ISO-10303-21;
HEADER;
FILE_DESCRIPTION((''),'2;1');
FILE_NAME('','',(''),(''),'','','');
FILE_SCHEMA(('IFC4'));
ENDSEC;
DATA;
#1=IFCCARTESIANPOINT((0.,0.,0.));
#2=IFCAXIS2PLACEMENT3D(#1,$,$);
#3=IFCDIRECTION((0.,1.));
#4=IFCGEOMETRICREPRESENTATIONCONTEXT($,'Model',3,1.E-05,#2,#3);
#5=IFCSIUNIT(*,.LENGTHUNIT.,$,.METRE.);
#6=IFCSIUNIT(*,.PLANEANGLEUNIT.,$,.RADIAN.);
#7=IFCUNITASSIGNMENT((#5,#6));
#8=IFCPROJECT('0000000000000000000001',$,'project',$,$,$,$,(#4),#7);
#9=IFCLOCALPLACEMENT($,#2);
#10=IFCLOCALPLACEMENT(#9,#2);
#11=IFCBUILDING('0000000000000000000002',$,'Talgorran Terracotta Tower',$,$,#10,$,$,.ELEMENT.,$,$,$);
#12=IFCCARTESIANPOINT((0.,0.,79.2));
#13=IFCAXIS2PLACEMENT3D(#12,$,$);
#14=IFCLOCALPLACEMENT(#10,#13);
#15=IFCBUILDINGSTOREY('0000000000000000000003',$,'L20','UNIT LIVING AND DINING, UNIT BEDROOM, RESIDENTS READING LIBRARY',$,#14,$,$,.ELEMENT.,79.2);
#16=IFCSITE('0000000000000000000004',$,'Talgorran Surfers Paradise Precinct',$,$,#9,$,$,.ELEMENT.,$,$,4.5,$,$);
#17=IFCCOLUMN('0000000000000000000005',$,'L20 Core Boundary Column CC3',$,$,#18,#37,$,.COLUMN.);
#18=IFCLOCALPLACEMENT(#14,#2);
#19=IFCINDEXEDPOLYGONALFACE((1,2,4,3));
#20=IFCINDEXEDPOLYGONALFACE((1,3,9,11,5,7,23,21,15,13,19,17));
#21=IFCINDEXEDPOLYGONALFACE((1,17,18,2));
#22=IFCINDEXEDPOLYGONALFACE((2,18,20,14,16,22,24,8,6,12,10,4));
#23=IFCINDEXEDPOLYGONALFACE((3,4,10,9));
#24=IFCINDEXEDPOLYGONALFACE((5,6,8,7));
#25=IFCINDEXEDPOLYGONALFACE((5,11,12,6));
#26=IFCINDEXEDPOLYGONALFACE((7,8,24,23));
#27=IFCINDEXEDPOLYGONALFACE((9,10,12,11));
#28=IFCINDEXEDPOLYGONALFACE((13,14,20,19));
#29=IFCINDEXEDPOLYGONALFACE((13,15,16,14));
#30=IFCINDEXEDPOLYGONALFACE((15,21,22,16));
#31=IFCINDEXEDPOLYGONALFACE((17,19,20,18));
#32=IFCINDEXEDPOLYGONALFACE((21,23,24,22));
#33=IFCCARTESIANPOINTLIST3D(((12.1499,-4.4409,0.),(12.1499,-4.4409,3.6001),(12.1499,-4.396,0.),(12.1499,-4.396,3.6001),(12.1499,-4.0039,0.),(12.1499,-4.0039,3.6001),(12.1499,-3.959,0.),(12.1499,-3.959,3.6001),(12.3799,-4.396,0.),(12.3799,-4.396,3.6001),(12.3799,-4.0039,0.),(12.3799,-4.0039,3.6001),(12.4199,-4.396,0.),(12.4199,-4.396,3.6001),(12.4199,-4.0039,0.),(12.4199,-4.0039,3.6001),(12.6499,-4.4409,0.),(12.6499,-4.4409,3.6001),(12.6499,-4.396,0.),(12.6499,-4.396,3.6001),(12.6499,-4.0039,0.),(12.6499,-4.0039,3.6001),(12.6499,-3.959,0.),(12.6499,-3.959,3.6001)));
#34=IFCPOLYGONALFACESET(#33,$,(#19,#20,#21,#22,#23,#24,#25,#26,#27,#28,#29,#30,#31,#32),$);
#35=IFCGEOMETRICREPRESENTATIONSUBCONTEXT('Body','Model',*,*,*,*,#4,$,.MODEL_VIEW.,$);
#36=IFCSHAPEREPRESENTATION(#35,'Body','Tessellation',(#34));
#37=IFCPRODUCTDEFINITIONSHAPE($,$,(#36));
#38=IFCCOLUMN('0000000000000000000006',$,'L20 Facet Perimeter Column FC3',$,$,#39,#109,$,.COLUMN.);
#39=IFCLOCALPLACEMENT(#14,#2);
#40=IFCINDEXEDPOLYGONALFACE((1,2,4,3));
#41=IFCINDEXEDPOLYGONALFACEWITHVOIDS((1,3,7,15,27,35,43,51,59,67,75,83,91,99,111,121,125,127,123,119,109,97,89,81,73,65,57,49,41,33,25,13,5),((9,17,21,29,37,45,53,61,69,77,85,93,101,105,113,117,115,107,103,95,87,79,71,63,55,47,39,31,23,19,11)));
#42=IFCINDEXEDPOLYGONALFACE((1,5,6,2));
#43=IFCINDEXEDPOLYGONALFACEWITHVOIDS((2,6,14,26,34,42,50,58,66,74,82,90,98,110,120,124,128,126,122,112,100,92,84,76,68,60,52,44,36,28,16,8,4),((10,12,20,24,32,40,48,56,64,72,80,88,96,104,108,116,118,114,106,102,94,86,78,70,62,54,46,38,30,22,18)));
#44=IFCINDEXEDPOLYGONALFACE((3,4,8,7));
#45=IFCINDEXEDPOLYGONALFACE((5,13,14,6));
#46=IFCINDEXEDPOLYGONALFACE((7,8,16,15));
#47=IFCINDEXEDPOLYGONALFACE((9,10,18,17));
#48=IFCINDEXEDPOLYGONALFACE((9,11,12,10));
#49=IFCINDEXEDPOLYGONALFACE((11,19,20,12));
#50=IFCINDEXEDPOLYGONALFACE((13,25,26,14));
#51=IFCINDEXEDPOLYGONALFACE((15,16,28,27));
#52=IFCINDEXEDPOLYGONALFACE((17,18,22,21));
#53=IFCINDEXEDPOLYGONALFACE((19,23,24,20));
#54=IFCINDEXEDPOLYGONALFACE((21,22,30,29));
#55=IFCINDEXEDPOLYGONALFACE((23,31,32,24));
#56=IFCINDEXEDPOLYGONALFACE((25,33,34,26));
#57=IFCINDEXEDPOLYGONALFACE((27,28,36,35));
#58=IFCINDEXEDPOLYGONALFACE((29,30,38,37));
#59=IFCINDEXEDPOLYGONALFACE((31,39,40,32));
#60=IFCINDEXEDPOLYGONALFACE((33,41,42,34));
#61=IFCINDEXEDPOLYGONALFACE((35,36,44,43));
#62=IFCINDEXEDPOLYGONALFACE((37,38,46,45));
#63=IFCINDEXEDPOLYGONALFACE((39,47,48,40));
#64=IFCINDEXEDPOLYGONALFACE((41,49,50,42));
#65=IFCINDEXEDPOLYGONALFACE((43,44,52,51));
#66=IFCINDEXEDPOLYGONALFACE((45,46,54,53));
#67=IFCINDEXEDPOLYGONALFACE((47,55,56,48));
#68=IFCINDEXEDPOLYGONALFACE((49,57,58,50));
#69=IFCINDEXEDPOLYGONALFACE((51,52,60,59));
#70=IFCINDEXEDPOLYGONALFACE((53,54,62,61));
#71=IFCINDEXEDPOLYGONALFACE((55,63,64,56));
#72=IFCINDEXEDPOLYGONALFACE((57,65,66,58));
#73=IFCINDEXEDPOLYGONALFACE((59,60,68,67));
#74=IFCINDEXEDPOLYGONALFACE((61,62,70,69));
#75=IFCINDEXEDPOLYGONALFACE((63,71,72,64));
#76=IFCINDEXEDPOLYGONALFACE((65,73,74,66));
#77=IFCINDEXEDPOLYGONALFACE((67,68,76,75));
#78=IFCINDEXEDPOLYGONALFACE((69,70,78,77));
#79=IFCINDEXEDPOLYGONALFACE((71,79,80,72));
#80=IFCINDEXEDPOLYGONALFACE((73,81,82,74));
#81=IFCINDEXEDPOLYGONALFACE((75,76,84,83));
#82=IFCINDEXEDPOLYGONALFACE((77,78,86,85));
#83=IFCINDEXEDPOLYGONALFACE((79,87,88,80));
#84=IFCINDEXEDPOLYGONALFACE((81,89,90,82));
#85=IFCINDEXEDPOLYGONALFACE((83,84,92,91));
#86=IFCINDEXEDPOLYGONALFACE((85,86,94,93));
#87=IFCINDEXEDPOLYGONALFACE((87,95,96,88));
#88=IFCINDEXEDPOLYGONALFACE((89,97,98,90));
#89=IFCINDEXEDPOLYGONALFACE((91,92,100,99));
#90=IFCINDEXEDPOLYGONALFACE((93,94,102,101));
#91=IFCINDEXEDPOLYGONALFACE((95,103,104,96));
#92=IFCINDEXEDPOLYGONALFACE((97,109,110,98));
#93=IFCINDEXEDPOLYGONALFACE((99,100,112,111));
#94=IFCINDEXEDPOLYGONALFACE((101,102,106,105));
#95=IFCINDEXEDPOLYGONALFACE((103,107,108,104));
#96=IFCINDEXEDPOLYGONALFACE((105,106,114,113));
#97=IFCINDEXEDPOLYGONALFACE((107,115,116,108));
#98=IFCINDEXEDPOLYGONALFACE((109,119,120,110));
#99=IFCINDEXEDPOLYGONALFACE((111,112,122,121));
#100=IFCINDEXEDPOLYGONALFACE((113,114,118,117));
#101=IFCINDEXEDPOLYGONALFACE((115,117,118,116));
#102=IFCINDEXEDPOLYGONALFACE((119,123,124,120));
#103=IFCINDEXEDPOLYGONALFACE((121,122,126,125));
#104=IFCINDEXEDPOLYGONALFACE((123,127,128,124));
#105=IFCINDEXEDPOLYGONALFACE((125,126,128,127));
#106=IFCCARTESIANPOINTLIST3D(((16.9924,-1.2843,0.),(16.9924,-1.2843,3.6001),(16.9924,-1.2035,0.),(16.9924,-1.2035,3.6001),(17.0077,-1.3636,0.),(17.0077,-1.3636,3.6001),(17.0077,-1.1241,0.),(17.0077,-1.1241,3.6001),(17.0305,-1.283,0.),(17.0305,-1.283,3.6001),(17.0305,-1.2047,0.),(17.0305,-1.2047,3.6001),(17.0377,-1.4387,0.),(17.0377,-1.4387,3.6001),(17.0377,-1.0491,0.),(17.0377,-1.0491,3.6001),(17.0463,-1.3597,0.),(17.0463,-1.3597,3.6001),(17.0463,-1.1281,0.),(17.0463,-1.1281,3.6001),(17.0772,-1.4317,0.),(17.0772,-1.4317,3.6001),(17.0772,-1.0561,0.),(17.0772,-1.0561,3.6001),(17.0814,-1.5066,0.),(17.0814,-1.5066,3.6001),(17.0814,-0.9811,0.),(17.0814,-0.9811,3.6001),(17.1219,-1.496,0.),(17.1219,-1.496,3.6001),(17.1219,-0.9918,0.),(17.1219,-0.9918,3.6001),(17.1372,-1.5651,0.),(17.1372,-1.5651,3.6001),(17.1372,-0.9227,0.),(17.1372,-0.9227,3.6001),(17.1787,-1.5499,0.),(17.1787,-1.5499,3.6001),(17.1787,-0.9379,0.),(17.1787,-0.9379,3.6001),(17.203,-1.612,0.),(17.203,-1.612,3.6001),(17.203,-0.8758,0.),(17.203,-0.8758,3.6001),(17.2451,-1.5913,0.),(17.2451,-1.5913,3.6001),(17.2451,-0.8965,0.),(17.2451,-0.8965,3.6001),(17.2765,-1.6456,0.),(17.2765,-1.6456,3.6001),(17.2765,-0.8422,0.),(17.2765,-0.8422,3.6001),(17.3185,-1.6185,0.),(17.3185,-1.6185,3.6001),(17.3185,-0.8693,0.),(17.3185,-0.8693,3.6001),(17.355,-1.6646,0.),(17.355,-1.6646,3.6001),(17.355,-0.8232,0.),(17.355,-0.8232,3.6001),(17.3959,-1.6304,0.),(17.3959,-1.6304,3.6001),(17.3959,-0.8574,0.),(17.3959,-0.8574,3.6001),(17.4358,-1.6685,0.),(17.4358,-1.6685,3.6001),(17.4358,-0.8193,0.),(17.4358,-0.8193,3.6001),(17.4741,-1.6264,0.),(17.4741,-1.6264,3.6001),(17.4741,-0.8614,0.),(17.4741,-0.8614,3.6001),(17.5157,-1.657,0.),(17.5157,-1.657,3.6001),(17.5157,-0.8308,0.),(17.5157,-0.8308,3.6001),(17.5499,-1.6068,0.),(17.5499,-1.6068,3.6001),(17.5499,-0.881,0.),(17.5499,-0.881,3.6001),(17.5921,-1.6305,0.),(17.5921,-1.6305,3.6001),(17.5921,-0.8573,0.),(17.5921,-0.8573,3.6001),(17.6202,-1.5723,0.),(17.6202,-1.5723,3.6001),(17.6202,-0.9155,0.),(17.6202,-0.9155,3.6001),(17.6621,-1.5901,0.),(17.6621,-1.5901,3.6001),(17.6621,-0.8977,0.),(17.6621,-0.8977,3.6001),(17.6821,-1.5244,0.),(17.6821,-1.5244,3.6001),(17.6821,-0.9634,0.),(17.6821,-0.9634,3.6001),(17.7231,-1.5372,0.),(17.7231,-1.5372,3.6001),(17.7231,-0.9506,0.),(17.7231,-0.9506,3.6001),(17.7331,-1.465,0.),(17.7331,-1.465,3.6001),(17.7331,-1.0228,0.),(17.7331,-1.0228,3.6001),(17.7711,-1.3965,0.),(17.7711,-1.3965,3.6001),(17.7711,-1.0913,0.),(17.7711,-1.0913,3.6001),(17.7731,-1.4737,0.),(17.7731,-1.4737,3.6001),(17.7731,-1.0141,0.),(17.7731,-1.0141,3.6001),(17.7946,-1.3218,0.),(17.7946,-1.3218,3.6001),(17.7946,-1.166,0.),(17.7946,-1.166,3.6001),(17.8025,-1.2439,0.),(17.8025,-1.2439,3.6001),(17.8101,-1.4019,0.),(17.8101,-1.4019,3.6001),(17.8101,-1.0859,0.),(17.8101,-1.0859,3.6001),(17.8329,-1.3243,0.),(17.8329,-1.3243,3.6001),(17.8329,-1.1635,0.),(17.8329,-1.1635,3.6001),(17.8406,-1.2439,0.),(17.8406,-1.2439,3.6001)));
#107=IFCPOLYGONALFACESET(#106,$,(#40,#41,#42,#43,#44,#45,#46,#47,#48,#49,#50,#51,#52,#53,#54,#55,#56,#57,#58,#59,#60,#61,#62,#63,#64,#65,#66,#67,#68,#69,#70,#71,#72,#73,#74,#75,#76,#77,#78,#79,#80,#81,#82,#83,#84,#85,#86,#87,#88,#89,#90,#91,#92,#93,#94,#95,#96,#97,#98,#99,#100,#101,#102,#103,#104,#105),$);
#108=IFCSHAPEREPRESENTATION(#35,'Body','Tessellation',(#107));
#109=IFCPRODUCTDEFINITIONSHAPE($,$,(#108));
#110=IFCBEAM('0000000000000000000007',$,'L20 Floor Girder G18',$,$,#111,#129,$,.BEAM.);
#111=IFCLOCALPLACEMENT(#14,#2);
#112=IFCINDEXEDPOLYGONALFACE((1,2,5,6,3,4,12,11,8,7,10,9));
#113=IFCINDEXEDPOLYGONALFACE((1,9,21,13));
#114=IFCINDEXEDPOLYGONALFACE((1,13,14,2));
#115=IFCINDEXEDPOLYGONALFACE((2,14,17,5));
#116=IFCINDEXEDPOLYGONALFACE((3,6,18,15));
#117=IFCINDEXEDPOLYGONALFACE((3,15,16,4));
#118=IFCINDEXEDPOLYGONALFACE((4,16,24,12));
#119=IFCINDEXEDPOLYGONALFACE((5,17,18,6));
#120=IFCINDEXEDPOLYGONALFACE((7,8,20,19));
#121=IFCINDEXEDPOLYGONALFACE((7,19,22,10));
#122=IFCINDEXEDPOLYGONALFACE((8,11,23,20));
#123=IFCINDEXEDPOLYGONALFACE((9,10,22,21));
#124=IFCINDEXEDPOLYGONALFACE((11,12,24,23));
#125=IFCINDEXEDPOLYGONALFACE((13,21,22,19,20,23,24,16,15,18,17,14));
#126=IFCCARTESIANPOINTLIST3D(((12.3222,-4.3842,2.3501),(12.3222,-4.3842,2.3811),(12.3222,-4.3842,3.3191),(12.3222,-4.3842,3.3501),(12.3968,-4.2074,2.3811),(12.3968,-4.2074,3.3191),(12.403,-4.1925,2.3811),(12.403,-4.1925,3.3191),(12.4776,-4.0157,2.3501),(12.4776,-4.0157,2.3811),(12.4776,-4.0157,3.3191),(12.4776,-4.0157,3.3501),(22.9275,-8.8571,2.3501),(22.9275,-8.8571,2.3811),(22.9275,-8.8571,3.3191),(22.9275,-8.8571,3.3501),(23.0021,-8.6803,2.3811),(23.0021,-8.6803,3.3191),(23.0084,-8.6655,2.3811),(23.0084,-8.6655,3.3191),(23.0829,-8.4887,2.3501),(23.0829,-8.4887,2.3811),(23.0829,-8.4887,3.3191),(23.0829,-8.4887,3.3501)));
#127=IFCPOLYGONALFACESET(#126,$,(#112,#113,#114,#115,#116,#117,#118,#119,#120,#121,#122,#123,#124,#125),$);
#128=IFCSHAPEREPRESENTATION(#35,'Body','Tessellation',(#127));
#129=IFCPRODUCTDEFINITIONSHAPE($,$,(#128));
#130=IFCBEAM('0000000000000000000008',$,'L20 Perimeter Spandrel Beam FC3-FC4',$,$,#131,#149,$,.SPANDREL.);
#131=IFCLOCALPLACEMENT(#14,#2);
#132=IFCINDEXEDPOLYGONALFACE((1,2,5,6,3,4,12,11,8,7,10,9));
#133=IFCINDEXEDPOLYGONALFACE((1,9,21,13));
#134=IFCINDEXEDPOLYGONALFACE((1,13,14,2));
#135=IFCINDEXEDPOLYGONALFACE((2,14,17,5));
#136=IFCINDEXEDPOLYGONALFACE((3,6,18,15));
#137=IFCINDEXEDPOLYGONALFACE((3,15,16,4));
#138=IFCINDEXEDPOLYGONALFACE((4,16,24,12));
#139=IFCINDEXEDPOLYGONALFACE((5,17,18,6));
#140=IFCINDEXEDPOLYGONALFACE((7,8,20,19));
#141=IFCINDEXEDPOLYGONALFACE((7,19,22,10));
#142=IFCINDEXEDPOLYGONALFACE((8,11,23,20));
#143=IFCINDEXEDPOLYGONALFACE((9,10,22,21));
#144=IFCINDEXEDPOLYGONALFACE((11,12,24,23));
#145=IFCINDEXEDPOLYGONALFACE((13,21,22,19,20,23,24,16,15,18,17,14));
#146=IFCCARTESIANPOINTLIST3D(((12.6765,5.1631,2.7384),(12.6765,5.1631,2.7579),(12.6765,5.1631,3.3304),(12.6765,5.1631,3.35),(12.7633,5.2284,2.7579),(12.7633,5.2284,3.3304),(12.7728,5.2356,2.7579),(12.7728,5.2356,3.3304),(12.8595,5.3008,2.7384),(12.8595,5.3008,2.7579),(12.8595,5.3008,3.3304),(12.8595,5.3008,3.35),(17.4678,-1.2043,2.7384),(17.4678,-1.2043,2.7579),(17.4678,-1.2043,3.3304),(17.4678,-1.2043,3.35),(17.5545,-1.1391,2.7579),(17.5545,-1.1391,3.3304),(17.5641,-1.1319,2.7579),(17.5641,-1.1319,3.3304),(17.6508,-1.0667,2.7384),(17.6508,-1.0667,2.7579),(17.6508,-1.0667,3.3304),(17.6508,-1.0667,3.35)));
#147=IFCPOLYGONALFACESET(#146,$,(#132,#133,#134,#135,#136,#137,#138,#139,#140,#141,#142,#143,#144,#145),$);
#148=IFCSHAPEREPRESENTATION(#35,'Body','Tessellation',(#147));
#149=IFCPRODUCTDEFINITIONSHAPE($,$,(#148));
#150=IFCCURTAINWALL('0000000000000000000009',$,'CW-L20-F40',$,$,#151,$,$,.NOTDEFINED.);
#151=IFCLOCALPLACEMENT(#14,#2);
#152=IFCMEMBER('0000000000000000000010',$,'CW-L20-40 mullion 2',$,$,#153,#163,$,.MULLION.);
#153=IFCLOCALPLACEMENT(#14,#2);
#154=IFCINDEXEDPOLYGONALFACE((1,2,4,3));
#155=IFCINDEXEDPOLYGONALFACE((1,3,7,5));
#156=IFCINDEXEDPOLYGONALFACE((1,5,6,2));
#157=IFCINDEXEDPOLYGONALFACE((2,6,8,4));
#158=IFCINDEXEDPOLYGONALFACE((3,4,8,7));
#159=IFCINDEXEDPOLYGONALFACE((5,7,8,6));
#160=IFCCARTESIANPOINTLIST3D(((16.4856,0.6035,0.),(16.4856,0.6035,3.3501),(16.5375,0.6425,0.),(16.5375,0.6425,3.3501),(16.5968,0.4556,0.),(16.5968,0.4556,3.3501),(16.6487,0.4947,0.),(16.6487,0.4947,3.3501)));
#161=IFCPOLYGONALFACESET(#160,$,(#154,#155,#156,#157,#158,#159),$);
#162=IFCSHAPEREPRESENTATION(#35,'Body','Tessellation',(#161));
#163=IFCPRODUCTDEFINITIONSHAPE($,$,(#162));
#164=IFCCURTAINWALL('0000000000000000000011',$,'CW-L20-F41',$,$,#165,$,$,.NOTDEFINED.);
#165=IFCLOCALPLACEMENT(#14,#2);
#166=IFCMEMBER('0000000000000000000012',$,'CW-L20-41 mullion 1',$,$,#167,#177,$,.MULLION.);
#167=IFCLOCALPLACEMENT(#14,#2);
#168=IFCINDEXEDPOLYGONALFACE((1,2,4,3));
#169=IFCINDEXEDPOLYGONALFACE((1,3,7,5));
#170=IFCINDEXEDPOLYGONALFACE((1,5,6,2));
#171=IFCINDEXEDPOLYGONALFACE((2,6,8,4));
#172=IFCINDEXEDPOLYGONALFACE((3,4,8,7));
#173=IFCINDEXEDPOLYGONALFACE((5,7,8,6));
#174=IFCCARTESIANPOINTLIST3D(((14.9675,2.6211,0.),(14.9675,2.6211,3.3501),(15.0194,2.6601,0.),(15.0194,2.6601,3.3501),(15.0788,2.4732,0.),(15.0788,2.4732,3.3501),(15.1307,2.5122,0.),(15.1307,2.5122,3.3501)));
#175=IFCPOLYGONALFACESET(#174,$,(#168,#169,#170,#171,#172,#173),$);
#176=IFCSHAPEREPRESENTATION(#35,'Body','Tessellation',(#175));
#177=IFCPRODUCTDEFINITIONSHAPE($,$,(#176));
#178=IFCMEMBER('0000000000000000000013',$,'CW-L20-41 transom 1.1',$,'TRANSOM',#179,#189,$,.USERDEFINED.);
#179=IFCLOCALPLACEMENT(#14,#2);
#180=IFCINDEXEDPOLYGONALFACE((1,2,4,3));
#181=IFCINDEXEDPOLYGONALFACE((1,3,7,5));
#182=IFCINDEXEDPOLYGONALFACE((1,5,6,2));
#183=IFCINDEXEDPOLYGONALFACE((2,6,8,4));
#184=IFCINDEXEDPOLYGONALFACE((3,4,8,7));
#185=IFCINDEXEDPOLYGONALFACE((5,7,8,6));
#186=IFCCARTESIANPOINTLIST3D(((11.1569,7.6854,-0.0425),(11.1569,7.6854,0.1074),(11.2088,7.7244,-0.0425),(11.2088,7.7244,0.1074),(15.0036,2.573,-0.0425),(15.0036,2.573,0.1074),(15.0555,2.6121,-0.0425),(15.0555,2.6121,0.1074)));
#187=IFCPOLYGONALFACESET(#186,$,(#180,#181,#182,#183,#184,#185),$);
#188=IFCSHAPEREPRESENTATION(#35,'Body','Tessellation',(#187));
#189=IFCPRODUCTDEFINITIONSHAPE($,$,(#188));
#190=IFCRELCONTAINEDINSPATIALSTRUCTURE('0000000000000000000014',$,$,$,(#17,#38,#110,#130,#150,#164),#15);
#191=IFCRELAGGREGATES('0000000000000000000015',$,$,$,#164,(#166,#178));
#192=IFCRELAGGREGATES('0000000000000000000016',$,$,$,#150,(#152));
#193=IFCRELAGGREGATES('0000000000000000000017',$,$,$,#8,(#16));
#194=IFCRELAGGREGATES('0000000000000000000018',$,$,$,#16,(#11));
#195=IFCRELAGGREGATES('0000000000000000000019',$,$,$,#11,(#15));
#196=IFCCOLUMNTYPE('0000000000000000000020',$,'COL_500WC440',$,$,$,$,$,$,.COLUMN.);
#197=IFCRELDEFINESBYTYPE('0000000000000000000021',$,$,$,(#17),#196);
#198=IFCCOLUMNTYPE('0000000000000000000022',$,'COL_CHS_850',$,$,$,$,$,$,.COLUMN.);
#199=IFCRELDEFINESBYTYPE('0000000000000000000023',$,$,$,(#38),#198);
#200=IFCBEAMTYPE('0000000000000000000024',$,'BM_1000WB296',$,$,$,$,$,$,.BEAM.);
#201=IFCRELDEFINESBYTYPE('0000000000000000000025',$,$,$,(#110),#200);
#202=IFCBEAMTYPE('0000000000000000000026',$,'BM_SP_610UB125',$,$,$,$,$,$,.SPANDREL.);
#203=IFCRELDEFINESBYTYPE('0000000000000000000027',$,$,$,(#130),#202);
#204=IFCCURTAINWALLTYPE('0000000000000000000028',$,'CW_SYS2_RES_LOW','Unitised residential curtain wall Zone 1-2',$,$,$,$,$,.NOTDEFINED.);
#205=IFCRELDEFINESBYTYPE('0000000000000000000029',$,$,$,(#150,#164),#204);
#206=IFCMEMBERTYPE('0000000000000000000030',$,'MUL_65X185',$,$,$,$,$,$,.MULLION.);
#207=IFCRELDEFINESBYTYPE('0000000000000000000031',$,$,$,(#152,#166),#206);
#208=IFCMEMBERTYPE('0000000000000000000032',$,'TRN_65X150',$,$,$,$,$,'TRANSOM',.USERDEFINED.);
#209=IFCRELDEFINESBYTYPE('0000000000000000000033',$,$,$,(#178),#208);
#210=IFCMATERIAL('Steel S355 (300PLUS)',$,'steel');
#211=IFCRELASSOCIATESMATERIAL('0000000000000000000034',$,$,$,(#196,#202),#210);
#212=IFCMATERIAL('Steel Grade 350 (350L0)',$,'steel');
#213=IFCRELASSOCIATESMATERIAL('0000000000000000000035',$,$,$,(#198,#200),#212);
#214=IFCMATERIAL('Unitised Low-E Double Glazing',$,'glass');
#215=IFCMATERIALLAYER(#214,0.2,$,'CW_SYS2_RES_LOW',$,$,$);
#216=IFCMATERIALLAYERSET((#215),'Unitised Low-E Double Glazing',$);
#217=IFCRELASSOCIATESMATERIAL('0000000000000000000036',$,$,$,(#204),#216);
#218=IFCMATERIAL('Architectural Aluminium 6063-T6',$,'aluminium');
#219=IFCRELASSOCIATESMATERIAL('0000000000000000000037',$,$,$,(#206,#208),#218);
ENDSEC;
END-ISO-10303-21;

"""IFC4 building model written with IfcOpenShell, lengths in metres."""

from ifc_helpers import new_model, si_unit, direction, frame, origin, origin_2d, place, context, subcontext, project, spatial, rectangle, hollow_circle, i_section, extrude, material, layer, layer_set, material_profile, profile_set, type_object, element, aggregate, save


model = new_model("IFC4")

# Units and contexts
model_context = context("Model", 3, precision=1e-05, world=origin(), true_north=direction((0.0, 1.0)))
body_context = subcontext(model_context, "Body", "Model", "MODEL_VIEW")
ifc_project = project(units=[si_unit("LENGTHUNIT", "METRE"), si_unit("PLANEANGLEUNIT", "RADIAN")], contexts=[model_context])

# Site, building, storey
site_placement = place(None, origin())
site = spatial("IfcSite", under=ifc_project, at=site_placement, Name="Talgorran Surfers Paradise Precinct", CompositionType="ELEMENT", RefElevation=4.5)
building_placement = place(site_placement, origin())
building = spatial("IfcBuilding", under=site, at=building_placement, Name="Talgorran Terracotta Tower", CompositionType="ELEMENT")
storey_placement = place(building_placement, frame((0.0, 0.0, 79.2)))
storey = spatial("IfcBuildingStorey", under=building, at=storey_placement, Name="L20", Description="UNIT LIVING AND DINING, UNIT BEDROOM, RESIDENTS READING LIBRARY", CompositionType="ELEMENT", Elevation=79.2)

# Columns
ifc_material_1 = material(Name="Steel S355 (300PLUS)", Category="steel")
ifc_material_profile_1 = material_profile(ifc_material_1, i_section(OverallWidth=0.5, OverallDepth=0.4819, WebThickness=0.04, FlangeThickness=0.0449, at=origin_2d()), Name="500WC440")
ifc_profile_set_1 = profile_set([ifc_material_profile_1], Name="Steel S355 (300PLUS)")
column_type_1 = type_object("IfcColumnType", Name="COL_500WC440", PredefinedType="COLUMN", material=ifc_profile_set_1)
column_1_placement = place(storey_placement, frame((12.3999, -4.2, 0.0), z_axis=(0.0, 0.0, 1.0), x_axis=(1.0, 0.0, 0.0)))
element("IfcColumn", 1, at=column_1_placement, inside=storey, type_object=column_type_1, Name="L20 Core Boundary Column CC3", PredefinedType="COLUMN", context=body_context, shape_type="SweptSolid", body=[
    extrude(i_section(OverallWidth=0.5, OverallDepth=0.4819, WebThickness=0.04, FlangeThickness=0.0449, at=origin_2d()), origin(), (0.0, 0.0, 1.0), 3.6001),
])
ifc_material_2 = material(Name="Steel Grade 350 (350L0)", Category="steel")
ifc_material_profile_2 = material_profile(ifc_material_2, hollow_circle(Radius=0.425, WallThickness=0.0381, at=origin_2d()), Name="CHS850X38")
ifc_profile_set_2 = profile_set([ifc_material_profile_2], Name="Steel Grade 350 (350L0)")
column_type_2 = type_object("IfcColumnType", Name="COL_CHS_850", PredefinedType="COLUMN", material=ifc_profile_set_2)
column_2_placement = place(storey_placement, frame((17.4155, -1.2439, 0.0), z_axis=(0.0, 0.0, 1.0), x_axis=(1.0, 0.0, 0.0)))
element("IfcColumn", 2, at=column_2_placement, inside=storey, type_object=column_type_2, Name="L20 Facet Perimeter Column FC3", PredefinedType="COLUMN", context=body_context, shape_type="SweptSolid", body=[
    extrude(hollow_circle(Radius=0.425, WallThickness=0.0381, at=origin_2d()), origin(), (0.0, 0.0, 1.0), 3.6001),
])

# Beams
ifc_material_profile_3 = material_profile(ifc_material_2, i_section(OverallWidth=0.3999, OverallDepth=1.0, WebThickness=0.0161, FlangeThickness=0.031, at=origin_2d()), Name="1000WB296")
ifc_profile_set_3 = profile_set([ifc_material_profile_3], Name="Steel Grade 350 (350L0)")
beam_type_1 = type_object("IfcBeamType", Name="BM_1000WB296", PredefinedType="BEAM", material=ifc_profile_set_3)
beam_1_placement = place(storey_placement, frame((12.3999, -4.2, 2.8501), z_axis=(0.921401, -0.388614, 0.0), x_axis=(0.388614, 0.921401, 0.0)))
element("IfcBeam", 3, at=beam_1_placement, inside=storey, type_object=beam_type_1, Name="L20 Floor Girder G18", PredefinedType="BEAM", context=body_context, shape_type="SweptSolid", body=[
    extrude(i_section(OverallWidth=0.3999, OverallDepth=1.0, WebThickness=0.0161, FlangeThickness=0.031, at=origin_2d()), origin(), (0.0, 0.0, 1.0), 11.51),
])
ifc_material_profile_4 = material_profile(ifc_material_1, i_section(OverallWidth=0.229, OverallDepth=0.6116, WebThickness=0.012, FlangeThickness=0.0195, at=origin_2d()), Name="610UB125")
ifc_profile_set_4 = profile_set([ifc_material_profile_4], Name="Steel S355 (300PLUS)")
beam_type_2 = type_object("IfcBeamType", Name="BM_SP_610UB125", PredefinedType="SPANDREL", material=ifc_profile_set_4)
beam_2_placement = place(storey_placement, frame((17.5593, -1.1355, 3.0442), z_axis=(-0.601259, 0.799054, 0.0), x_axis=(-0.799054, -0.601259, 0.0)))
element("IfcBeam", 4, at=beam_2_placement, inside=storey, type_object=beam_type_2, Name="L20 Perimeter Spandrel Beam FC3-FC4", PredefinedType="SPANDREL", context=body_context, shape_type="SweptSolid", body=[
    extrude(i_section(OverallWidth=0.229, OverallDepth=0.6116, WebThickness=0.012, FlangeThickness=0.0195, at=origin_2d()), origin(), (0.0, 0.0, 1.0), 7.9688),
])

# Curtain wall, member
ifc_material_3 = material(Name="Unitised Low-E Double Glazing", Category="glass")
ifc_layer_1 = layer(ifc_material_3, 0.2, Name="CW_SYS2_RES_LOW")
ifc_layer_set_1 = layer_set([ifc_layer_1], Name="Unitised Low-E Double Glazing")
curtain_wall_type = type_object("IfcCurtainWallType", Name="CW_SYS2_RES_LOW", Description="Unitised residential curtain wall Zone 1-2", PredefinedType="NOTDEFINED", material=ifc_layer_set_1)
curtain_wall_1_placement = place(storey_placement, origin())
curtain_wall_1 = element("IfcCurtainWall", 5, at=curtain_wall_1_placement, inside=storey, type_object=curtain_wall_type, Name="CW-L20-F40", PredefinedType="NOTDEFINED")
ifc_material_4 = material(Name="Architectural Aluminium 6063-T6", Category="aluminium")
ifc_material_profile_5 = material_profile(ifc_material_4, rectangle(XDim=0.0649, YDim=0.1851, at=origin_2d()), Name="CWM65X185")
ifc_profile_set_5 = profile_set([ifc_material_profile_5], Name="Architectural Aluminium 6063-T6")
member_type_1 = type_object("IfcMemberType", Name="MUL_65X185", PredefinedType="MULLION", material=ifc_profile_set_5)
member_1_placement = place(storey_placement, frame((16.5671, 0.5491, 0.0), z_axis=(0.0, 0.0, 1.0), x_axis=(-0.799065, -0.601245, 0.0)))
member_1 = element("IfcMember", 6, at=member_1_placement, type_object=member_type_1, Name="CW-L20-40 mullion 2", PredefinedType="MULLION", context=body_context, shape_type="SweptSolid", body=[
    extrude(rectangle(XDim=0.0649, YDim=0.1851, at=origin_2d()), origin(), (0.0, 0.0, 1.0), 3.3501),
])

# Curtain wall, members
curtain_wall_2_placement = place(storey_placement, origin())
curtain_wall_2 = element("IfcCurtainWall", 7, at=curtain_wall_2_placement, inside=storey, type_object=curtain_wall_type, Name="CW-L20-F41", PredefinedType="NOTDEFINED")
member_2_placement = place(storey_placement, frame((15.0491, 2.5667, 0.0), z_axis=(0.0, 0.0, 1.0), x_axis=(-0.799063, -0.601247, 0.0)))
member_2 = element("IfcMember", 8, at=member_2_placement, type_object=member_type_1, Name="CW-L20-41 mullion 1", PredefinedType="MULLION", context=body_context, shape_type="SweptSolid", body=[
    extrude(rectangle(XDim=0.0649, YDim=0.1851, at=origin_2d()), origin(), (0.0, 0.0, 1.0), 3.3501),
])
ifc_material_profile_6 = material_profile(ifc_material_4, rectangle(XDim=0.0649, YDim=0.1499, at=origin_2d()), Name="CWT65X150")
ifc_profile_set_6 = profile_set([ifc_material_profile_6], Name="Architectural Aluminium 6063-T6")
member_type_2 = type_object("IfcMemberType", Name="TRN_65X150", ElementType="TRANSOM", PredefinedType="USERDEFINED", material=ifc_profile_set_6)
member_3_placement = place(storey_placement, frame((15.0295, 2.5925, 0.0325), z_axis=(-0.601245, 0.799065, 0.0), x_axis=(-0.799065, -0.601245, 0.0)))
member_3 = element("IfcMember", 9, at=member_3_placement, type_object=member_type_2, Name="CW-L20-41 transom 1.1", ObjectType="TRANSOM", PredefinedType="USERDEFINED", context=body_context, shape_type="SweptSolid", body=[
    extrude(rectangle(XDim=0.0649, YDim=0.1499, at=origin_2d()), origin(), (0.0, 0.0, 1.0), 6.3979),
])
aggregate(curtain_wall_2, [member_2, member_3])

aggregate(curtain_wall_1, [member_1])

save(model, "model.ifc")
